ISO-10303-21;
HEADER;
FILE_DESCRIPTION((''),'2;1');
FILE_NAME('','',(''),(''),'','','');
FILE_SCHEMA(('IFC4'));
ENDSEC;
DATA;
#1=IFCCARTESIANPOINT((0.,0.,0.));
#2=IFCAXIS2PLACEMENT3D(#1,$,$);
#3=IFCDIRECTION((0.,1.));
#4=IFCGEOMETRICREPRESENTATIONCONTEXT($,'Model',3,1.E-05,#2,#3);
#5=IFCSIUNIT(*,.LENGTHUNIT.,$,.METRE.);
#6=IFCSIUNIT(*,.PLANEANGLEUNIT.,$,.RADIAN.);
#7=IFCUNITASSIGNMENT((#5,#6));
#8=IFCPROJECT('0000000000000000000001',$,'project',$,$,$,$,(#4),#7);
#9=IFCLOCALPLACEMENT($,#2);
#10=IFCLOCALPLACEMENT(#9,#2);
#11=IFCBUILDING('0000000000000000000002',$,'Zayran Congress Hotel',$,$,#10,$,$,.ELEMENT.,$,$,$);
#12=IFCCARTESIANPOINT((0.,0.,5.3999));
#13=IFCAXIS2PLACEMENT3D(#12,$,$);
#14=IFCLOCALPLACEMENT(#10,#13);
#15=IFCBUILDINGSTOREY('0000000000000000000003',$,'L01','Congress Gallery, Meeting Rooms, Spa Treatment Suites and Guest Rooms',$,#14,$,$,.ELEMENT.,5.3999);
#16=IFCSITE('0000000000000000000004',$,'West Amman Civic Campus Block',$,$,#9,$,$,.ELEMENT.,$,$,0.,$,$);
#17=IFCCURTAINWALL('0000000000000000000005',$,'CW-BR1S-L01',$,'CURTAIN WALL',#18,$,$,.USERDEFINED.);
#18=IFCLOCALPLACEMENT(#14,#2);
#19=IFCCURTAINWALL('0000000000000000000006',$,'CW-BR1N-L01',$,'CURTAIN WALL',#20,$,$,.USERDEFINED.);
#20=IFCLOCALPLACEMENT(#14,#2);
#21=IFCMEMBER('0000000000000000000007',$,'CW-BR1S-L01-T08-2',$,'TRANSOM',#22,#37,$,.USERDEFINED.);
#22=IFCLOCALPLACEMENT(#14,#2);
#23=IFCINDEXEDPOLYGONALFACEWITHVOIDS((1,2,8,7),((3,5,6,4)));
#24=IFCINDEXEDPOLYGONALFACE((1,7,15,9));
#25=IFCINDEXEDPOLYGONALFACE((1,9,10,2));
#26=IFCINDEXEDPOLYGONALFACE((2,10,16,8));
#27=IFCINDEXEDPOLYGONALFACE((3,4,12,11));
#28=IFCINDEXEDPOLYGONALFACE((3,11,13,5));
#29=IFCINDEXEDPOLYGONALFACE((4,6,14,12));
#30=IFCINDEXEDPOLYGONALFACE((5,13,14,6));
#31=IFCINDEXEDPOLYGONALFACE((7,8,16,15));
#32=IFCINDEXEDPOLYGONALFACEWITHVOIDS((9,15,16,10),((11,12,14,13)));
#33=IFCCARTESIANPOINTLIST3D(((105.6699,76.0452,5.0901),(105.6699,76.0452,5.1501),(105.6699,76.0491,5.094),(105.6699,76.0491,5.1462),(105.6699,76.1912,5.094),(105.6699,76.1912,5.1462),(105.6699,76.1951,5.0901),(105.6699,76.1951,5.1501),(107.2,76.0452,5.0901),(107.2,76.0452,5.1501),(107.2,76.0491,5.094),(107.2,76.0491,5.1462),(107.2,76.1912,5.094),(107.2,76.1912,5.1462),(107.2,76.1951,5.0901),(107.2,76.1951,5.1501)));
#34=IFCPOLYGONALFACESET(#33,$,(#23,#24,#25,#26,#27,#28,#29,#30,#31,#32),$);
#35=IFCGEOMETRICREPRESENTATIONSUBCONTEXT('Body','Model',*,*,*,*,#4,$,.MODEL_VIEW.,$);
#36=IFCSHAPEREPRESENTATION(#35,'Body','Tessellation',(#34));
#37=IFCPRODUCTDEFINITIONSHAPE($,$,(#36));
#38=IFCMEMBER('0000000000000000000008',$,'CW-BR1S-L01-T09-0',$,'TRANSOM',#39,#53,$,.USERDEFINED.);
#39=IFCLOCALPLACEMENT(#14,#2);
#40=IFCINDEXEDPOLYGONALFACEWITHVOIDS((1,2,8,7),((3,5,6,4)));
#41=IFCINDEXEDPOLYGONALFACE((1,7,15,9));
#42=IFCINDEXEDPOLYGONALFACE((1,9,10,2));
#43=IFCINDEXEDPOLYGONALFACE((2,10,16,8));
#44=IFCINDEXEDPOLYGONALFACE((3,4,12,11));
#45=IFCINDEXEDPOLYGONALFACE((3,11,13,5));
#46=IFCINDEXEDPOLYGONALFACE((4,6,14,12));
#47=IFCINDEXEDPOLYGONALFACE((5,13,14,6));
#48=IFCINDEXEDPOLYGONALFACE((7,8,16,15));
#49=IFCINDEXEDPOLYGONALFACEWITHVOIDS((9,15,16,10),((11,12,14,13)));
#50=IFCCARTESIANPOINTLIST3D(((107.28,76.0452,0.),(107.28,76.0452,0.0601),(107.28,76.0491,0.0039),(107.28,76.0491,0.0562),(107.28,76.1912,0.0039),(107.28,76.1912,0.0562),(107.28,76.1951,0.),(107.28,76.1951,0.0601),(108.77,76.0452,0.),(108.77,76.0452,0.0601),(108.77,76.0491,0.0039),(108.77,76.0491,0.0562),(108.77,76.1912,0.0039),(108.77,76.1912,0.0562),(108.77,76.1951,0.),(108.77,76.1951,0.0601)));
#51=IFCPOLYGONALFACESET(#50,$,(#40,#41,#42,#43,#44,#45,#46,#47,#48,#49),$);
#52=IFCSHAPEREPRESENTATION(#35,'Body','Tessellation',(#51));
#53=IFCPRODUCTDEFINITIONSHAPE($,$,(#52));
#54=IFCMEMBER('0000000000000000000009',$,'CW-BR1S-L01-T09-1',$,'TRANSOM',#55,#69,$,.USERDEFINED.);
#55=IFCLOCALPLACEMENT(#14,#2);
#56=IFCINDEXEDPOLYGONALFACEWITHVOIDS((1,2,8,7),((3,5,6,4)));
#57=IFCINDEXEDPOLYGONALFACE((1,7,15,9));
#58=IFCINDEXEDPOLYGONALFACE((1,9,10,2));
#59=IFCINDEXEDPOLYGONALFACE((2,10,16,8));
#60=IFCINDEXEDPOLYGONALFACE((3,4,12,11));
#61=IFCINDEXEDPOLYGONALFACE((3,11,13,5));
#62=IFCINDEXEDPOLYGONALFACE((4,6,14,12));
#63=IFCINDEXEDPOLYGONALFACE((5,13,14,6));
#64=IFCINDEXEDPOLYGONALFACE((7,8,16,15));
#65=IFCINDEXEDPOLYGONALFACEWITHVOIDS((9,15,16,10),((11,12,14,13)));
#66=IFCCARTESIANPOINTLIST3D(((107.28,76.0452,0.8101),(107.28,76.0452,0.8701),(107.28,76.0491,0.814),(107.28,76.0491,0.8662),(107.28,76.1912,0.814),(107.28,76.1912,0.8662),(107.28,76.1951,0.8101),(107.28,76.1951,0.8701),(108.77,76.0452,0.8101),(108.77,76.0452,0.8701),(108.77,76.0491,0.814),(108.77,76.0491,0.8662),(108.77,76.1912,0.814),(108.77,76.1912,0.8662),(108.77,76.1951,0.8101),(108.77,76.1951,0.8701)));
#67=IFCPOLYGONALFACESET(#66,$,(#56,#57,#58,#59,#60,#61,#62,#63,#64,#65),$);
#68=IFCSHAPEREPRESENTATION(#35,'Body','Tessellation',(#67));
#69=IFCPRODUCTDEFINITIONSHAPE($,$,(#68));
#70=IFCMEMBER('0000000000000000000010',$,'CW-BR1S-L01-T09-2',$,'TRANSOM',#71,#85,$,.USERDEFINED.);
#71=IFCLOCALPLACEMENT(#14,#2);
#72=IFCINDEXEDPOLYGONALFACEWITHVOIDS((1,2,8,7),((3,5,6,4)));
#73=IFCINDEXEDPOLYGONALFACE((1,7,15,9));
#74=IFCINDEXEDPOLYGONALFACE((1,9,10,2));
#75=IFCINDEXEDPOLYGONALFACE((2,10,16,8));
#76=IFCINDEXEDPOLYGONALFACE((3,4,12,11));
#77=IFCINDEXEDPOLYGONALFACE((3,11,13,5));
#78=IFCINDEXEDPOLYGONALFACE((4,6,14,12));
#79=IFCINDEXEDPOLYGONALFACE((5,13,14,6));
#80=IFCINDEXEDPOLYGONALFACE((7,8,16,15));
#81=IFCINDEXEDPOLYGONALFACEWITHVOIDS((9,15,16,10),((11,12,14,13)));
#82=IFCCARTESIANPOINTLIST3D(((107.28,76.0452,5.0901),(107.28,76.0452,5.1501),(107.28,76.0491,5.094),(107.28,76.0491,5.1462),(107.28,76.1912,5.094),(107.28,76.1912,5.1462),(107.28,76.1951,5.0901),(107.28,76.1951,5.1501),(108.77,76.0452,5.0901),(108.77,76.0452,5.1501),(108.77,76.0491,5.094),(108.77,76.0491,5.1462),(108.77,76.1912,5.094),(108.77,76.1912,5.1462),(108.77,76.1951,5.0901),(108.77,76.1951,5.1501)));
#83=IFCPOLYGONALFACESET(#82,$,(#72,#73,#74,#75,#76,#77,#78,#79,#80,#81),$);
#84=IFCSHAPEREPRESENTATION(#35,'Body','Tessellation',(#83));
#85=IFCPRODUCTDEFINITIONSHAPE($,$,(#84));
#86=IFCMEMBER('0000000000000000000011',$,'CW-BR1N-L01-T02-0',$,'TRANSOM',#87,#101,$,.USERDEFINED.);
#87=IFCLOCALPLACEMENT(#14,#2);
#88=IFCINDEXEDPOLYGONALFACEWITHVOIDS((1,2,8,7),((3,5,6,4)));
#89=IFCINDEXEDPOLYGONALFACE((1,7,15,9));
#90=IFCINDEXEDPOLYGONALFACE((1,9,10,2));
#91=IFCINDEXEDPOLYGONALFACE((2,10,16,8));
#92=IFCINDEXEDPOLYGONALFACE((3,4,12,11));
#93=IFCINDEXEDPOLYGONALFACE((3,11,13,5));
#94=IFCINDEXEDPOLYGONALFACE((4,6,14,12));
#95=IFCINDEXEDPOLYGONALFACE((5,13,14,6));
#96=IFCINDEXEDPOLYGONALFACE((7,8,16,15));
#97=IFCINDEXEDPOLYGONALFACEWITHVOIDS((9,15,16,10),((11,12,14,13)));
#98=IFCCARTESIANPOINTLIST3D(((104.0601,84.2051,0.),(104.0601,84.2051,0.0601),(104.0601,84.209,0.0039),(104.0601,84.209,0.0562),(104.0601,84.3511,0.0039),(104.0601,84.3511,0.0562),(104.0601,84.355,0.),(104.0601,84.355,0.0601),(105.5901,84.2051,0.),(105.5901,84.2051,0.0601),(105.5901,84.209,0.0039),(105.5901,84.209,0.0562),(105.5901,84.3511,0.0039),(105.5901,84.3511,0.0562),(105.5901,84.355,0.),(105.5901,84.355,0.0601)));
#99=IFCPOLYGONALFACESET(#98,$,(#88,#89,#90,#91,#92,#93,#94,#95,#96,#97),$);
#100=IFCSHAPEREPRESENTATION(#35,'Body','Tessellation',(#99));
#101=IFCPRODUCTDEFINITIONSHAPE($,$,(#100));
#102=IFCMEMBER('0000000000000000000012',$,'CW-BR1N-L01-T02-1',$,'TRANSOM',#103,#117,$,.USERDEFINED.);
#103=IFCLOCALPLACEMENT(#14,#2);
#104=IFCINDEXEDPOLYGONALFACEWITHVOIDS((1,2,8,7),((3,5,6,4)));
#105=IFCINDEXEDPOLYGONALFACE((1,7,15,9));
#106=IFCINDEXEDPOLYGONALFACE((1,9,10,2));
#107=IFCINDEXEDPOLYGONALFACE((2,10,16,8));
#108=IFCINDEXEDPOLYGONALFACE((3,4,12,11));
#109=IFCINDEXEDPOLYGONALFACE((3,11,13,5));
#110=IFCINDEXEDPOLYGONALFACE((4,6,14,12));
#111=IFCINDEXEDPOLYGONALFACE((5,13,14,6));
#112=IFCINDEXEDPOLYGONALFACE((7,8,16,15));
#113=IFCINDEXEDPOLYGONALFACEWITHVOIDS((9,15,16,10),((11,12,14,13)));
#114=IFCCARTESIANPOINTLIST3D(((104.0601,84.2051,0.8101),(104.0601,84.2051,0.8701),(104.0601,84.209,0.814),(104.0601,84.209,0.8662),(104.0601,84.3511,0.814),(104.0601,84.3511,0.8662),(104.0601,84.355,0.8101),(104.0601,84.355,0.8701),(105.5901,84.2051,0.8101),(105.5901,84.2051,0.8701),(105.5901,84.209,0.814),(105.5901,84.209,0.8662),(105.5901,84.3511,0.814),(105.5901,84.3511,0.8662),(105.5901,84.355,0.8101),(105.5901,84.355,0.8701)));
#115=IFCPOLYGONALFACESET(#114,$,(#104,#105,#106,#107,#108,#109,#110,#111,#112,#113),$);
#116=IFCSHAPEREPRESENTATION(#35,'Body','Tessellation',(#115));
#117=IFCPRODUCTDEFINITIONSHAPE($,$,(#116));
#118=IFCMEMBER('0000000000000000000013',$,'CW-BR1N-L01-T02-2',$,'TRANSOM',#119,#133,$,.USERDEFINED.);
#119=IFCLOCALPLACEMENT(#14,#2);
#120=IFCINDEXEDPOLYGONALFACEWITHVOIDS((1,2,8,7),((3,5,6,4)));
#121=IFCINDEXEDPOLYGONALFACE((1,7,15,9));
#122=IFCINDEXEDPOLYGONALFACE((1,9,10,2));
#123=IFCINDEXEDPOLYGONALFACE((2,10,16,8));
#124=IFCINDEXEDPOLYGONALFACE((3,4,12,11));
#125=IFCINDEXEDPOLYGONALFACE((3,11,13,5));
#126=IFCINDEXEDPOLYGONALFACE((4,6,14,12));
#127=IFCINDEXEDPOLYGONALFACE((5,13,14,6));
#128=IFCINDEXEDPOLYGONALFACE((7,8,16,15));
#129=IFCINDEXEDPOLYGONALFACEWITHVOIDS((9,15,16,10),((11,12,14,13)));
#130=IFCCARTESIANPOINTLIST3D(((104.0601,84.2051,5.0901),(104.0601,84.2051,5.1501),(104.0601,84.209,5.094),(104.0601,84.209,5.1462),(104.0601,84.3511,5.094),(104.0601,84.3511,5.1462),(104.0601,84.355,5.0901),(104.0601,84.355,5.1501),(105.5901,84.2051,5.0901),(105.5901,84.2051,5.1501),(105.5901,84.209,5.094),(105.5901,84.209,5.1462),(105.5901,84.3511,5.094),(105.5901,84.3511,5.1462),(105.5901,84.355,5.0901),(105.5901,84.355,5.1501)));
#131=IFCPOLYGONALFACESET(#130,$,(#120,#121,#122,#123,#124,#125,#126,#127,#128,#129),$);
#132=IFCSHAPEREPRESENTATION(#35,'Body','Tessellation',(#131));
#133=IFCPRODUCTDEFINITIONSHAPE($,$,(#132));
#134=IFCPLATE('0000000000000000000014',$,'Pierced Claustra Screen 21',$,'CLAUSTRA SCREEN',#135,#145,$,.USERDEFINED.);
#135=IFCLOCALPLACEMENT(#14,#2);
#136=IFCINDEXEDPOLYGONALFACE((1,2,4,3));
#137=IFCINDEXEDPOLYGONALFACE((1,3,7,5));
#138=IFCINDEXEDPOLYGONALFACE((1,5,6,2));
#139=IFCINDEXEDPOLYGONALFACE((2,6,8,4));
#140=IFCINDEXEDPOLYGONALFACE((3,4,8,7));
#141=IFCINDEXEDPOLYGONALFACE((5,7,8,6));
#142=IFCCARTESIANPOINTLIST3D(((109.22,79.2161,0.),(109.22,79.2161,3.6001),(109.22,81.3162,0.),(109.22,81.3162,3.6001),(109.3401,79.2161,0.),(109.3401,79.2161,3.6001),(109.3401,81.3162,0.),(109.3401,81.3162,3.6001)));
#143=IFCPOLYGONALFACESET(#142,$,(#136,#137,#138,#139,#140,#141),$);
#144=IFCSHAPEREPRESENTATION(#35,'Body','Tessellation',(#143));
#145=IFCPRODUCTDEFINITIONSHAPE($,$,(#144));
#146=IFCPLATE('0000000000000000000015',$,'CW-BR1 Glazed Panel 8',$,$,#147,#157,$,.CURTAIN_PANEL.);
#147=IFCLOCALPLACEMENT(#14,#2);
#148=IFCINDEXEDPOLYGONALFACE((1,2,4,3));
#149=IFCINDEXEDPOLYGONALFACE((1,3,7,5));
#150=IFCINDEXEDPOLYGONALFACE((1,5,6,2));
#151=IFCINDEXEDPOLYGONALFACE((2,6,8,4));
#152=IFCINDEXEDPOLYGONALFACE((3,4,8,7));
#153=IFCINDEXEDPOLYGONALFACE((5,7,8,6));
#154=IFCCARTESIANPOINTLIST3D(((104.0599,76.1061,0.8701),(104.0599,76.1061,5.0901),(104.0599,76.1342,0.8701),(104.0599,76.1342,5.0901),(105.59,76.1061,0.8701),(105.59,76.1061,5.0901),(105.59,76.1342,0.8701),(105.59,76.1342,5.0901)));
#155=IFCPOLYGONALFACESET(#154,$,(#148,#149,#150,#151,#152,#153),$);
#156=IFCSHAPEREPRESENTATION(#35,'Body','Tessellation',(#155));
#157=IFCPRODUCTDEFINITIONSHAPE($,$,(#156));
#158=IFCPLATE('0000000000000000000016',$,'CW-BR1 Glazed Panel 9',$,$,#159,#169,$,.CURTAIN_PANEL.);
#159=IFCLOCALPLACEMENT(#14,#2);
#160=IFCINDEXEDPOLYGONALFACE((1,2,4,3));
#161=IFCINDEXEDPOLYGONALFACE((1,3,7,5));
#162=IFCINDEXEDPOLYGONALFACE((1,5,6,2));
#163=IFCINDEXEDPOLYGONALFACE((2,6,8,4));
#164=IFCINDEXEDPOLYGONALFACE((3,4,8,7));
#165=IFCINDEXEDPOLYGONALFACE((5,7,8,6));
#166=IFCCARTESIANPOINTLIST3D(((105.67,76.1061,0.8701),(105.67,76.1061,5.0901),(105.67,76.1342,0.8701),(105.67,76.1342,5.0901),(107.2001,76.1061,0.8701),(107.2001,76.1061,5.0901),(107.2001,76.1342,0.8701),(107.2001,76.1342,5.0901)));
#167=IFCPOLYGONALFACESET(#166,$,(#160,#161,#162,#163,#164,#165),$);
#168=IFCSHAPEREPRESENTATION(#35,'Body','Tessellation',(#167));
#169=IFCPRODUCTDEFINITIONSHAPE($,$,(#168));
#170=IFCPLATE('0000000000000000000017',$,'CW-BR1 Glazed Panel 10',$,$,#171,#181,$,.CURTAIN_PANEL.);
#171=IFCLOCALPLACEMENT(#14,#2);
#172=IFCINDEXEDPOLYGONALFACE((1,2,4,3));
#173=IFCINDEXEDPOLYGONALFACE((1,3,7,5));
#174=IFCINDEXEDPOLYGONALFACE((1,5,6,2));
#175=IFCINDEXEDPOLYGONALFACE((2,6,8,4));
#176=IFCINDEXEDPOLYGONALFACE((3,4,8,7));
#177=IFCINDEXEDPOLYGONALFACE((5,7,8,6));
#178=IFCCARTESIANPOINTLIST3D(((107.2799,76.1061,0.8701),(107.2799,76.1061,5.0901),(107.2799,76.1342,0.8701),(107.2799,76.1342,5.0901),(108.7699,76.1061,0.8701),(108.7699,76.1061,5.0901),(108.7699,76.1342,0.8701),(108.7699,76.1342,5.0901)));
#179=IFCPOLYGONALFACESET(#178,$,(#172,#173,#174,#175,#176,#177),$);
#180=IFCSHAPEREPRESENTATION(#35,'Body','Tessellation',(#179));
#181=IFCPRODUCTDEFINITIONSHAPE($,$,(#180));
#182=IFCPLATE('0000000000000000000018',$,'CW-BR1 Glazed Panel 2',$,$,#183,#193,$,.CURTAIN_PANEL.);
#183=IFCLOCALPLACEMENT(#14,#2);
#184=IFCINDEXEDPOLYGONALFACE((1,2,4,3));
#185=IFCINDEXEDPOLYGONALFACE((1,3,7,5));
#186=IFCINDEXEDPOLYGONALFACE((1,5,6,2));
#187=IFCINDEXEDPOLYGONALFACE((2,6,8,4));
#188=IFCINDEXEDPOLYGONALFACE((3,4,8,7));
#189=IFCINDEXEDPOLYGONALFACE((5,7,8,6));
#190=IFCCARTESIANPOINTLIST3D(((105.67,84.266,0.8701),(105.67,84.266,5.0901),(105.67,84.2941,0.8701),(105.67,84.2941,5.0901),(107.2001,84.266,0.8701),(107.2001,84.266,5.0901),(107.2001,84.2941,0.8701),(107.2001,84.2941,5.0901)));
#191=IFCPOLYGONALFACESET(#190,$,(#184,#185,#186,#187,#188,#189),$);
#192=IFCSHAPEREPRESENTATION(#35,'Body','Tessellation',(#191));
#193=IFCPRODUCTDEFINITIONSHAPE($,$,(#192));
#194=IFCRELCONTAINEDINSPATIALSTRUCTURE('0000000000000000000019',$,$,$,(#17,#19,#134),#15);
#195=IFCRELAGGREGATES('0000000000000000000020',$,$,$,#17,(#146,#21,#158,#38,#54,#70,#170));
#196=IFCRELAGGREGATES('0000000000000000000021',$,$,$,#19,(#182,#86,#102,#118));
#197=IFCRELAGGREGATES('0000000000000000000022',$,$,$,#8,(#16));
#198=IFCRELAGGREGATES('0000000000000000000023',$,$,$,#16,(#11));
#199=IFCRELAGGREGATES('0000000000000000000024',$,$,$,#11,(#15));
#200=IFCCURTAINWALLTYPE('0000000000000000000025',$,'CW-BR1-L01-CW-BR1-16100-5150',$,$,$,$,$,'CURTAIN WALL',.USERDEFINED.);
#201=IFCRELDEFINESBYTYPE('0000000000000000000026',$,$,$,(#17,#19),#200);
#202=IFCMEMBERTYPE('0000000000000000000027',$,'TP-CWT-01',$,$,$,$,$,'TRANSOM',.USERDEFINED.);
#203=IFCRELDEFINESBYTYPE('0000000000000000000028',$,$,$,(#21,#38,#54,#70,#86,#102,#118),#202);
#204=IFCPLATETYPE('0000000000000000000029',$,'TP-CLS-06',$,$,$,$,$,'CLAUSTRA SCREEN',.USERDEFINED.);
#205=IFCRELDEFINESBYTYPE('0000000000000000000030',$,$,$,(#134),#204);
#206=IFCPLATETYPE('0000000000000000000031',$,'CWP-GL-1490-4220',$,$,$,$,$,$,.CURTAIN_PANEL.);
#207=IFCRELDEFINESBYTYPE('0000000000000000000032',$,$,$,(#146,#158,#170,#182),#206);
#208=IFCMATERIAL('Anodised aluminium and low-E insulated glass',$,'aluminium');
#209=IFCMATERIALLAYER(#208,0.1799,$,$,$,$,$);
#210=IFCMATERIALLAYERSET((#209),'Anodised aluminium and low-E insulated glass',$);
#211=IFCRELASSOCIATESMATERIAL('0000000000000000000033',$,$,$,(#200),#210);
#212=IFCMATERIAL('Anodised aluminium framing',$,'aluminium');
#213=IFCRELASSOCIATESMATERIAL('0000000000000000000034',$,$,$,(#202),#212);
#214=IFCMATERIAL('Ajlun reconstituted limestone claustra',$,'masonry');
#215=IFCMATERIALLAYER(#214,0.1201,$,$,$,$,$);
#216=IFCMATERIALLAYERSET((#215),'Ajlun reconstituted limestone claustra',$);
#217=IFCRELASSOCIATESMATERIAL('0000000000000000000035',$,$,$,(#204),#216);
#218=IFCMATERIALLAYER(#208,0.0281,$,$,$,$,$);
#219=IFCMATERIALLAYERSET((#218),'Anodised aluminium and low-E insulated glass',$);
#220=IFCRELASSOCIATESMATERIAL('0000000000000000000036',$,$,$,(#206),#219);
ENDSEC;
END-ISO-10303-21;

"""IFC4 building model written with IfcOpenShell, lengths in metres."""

from ifc_helpers import new_model, si_unit, direction, frame, origin, origin_2d, place, context, subcontext, project, spatial, rectangle, hollow_rectangle, extrude, material, layer, layer_set, material_profile, profile_set, type_object, element, aggregate, save


model = new_model("IFC4")

# Units and contexts
model_context = context("Model", 3, precision=1e-05, world=origin(), true_north=direction((0.0, 1.0)))
body_context = subcontext(model_context, "Body", "Model", "MODEL_VIEW")
ifc_project = project(units=[si_unit("LENGTHUNIT", "METRE"), si_unit("PLANEANGLEUNIT", "RADIAN")], contexts=[model_context])

# Site, building, storey
site_placement = place(None, origin())
site = spatial("IfcSite", under=ifc_project, at=site_placement, Name="West Amman Civic Campus Block", CompositionType="ELEMENT", RefElevation=0.0)
building_placement = place(site_placement, origin())
building = spatial("IfcBuilding", under=site, at=building_placement, Name="Zayran Congress Hotel", CompositionType="ELEMENT")
storey_placement = place(building_placement, frame((0.0, 0.0, 5.3999)))
storey = spatial("IfcBuildingStorey", under=building, at=storey_placement, Name="L01", Description="Congress Gallery, Meeting Rooms, Spa Treatment Suites and Guest Rooms", CompositionType="ELEMENT", Elevation=5.3999)

# Shared definitions
ifc_material_1 = material(Name="Anodised aluminium and low-E insulated glass", Category="aluminium")
ifc_material_2 = material(Name="Anodised aluminium framing", Category="aluminium")

# Curtain wall
ifc_layer_1 = layer(ifc_material_1, 0.1799)
ifc_layer_set_1 = layer_set([ifc_layer_1], Name="Anodised aluminium and low-E insulated glass")
curtain_wall_type_1 = type_object("IfcCurtainWallType", Name="CW-BR1-L01-CW-BR1-16100-5150", ElementType="CURTAIN WALL", PredefinedType="USERDEFINED", material=ifc_layer_set_1)
curtain_wall_1_placement = place(storey_placement, origin())
curtain_wall_1 = element("IfcCurtainWall", 1, at=curtain_wall_1_placement, inside=storey, type_object=curtain_wall_type_1, Name="CW-BR1S-L01", ObjectType="CURTAIN WALL", PredefinedType="USERDEFINED")

# Curtain wall
curtain_wall_2_placement = place(storey_placement, origin())
curtain_wall_2 = element("IfcCurtainWall", 2, at=curtain_wall_2_placement, inside=storey, type_object=curtain_wall_type_1, Name="CW-BR1N-L01", ObjectType="CURTAIN WALL", PredefinedType="USERDEFINED")

# Members
ifc_material_profile_1 = material_profile(ifc_material_2, hollow_rectangle(XDim=0.0601, YDim=0.1499, WallThickness=0.0039, at=origin_2d()), Name="RHS 150x60x4")
ifc_profile_set_1 = profile_set([ifc_material_profile_1], Name="Anodised aluminium framing")
member_type_1 = type_object("IfcMemberType", Name="TP-CWT-01", ElementType="TRANSOM", PredefinedType="USERDEFINED", material=ifc_profile_set_1)
member_1_placement = place(storey_placement, frame((105.6699, 76.1201, 5.1201), z_axis=(1.0, 0.0, 0.0), x_axis=(0.0, 0.0, 1.0)))
member_1 = element("IfcMember", 3, at=member_1_placement, type_object=member_type_1, Name="CW-BR1S-L01-T08-2", ObjectType="TRANSOM", PredefinedType="USERDEFINED", context=body_context, shape_type="SweptSolid", body=[
    extrude(hollow_rectangle(XDim=0.0601, YDim=0.1499, WallThickness=0.0039, at=origin_2d()), origin(), (0.0, 0.0, 1.0), 1.53),
])
member_2_placement = place(storey_placement, frame((107.28, 76.1201, 0.03), z_axis=(1.0, 0.0, 0.0), x_axis=(0.0, 0.0, 1.0)))
member_2 = element("IfcMember", 4, at=member_2_placement, type_object=member_type_1, Name="CW-BR1S-L01-T09-0", ObjectType="TRANSOM", PredefinedType="USERDEFINED", context=body_context, shape_type="SweptSolid", body=[
    extrude(hollow_rectangle(XDim=0.0601, YDim=0.1499, WallThickness=0.0039, at=origin_2d()), origin(), (0.0, 0.0, 1.0), 1.49),
])
member_3_placement = place(storey_placement, frame((107.28, 76.1201, 0.8401), z_axis=(1.0, 0.0, 0.0), x_axis=(0.0, 0.0, 1.0)))
member_3 = element("IfcMember", 5, at=member_3_placement, type_object=member_type_1, Name="CW-BR1S-L01-T09-1", ObjectType="TRANSOM", PredefinedType="USERDEFINED", context=body_context, shape_type="SweptSolid", body=[
    extrude(hollow_rectangle(XDim=0.0601, YDim=0.1499, WallThickness=0.0039, at=origin_2d()), origin(), (0.0, 0.0, 1.0), 1.49),
])
member_4_placement = place(storey_placement, frame((107.28, 76.1201, 5.1201), z_axis=(1.0, 0.0, 0.0), x_axis=(0.0, 0.0, 1.0)))
member_4 = element("IfcMember", 6, at=member_4_placement, type_object=member_type_1, Name="CW-BR1S-L01-T09-2", ObjectType="TRANSOM", PredefinedType="USERDEFINED", context=body_context, shape_type="SweptSolid", body=[
    extrude(hollow_rectangle(XDim=0.0601, YDim=0.1499, WallThickness=0.0039, at=origin_2d()), origin(), (0.0, 0.0, 1.0), 1.49),
])
member_5_placement = place(storey_placement, frame((105.5901, 84.28, 0.03), z_axis=(-1.0, 0.0, 0.0), x_axis=(0.0, 0.0, 1.0)))
member_5 = element("IfcMember", 7, at=member_5_placement, type_object=member_type_1, Name="CW-BR1N-L01-T02-0", ObjectType="TRANSOM", PredefinedType="USERDEFINED", context=body_context, shape_type="SweptSolid", body=[
    extrude(hollow_rectangle(XDim=0.0601, YDim=0.1499, WallThickness=0.0039, at=origin_2d()), origin(), (0.0, 0.0, 1.0), 1.53),
])
member_6_placement = place(storey_placement, frame((105.5901, 84.28, 0.8401), z_axis=(-1.0, 0.0, 0.0), x_axis=(0.0, 0.0, 1.0)))
member_6 = element("IfcMember", 8, at=member_6_placement, type_object=member_type_1, Name="CW-BR1N-L01-T02-1", ObjectType="TRANSOM", PredefinedType="USERDEFINED", context=body_context, shape_type="SweptSolid", body=[
    extrude(hollow_rectangle(XDim=0.0601, YDim=0.1499, WallThickness=0.0039, at=origin_2d()), origin(), (0.0, 0.0, 1.0), 1.53),
])
member_7_placement = place(storey_placement, frame((105.5901, 84.28, 5.1201), z_axis=(-1.0, 0.0, 0.0), x_axis=(0.0, 0.0, 1.0)))
member_7 = element("IfcMember", 9, at=member_7_placement, type_object=member_type_1, Name="CW-BR1N-L01-T02-2", ObjectType="TRANSOM", PredefinedType="USERDEFINED", context=body_context, shape_type="SweptSolid", body=[
    extrude(hollow_rectangle(XDim=0.0601, YDim=0.1499, WallThickness=0.0039, at=origin_2d()), origin(), (0.0, 0.0, 1.0), 1.53),
])

# Plates
ifc_material_3 = material(Name="Ajlun reconstituted limestone claustra", Category="masonry")
ifc_layer_2 = layer(ifc_material_3, 0.1201)
ifc_layer_set_2 = layer_set([ifc_layer_2], Name="Ajlun reconstituted limestone claustra")
plate_type_1 = type_object("IfcPlateType", Name="TP-CLS-06", ElementType="CLAUSTRA SCREEN", PredefinedType="USERDEFINED", material=ifc_layer_set_2)
plate_1_placement = place(storey_placement, frame((109.28, 80.2661, 0.0), z_axis=(0.0, 0.0, 1.0), x_axis=(0.0, 1.0, 0.0)))
element("IfcPlate", 10, at=plate_1_placement, inside=storey, type_object=plate_type_1, Name="Pierced Claustra Screen 21", ObjectType="CLAUSTRA SCREEN", PredefinedType="USERDEFINED", context=body_context, shape_type="SweptSolid", body=[
    extrude(rectangle(XDim=2.1001, YDim=0.1201, at=origin_2d()), origin(), (0.0, 0.0, 1.0), 3.6001),
])
ifc_layer_3 = layer(ifc_material_1, 0.0281)
ifc_layer_set_3 = layer_set([ifc_layer_3], Name="Anodised aluminium and low-E insulated glass")
plate_type_2 = type_object("IfcPlateType", Name="CWP-GL-1490-4220", PredefinedType="CURTAIN_PANEL", material=ifc_layer_set_3)
plate_2_placement = place(storey_placement, frame((104.825, 76.1201, 0.8701), z_axis=(0.0, 0.0, 1.0), x_axis=(1.0, 0.0, 0.0)))
plate_2 = element("IfcPlate", 11, at=plate_2_placement, type_object=plate_type_2, Name="CW-BR1 Glazed Panel 8", PredefinedType="CURTAIN_PANEL", context=body_context, shape_type="SweptSolid", body=[
    extrude(rectangle(XDim=1.53, YDim=0.0281, at=origin_2d()), origin(), (0.0, 0.0, 1.0), 4.22),
])
plate_3_placement = place(storey_placement, frame((106.4351, 76.1201, 0.8701), z_axis=(0.0, 0.0, 1.0), x_axis=(1.0, 0.0, 0.0)))
plate_3 = element("IfcPlate", 12, at=plate_3_placement, type_object=plate_type_2, Name="CW-BR1 Glazed Panel 9", PredefinedType="CURTAIN_PANEL", context=body_context, shape_type="SweptSolid", body=[
    extrude(rectangle(XDim=1.53, YDim=0.0281, at=origin_2d()), origin(), (0.0, 0.0, 1.0), 4.22),
])
plate_4_placement = place(storey_placement, frame((108.0249, 76.1201, 0.8701), z_axis=(0.0, 0.0, 1.0), x_axis=(1.0, 0.0, 0.0)))
plate_4 = element("IfcPlate", 13, at=plate_4_placement, type_object=plate_type_2, Name="CW-BR1 Glazed Panel 10", PredefinedType="CURTAIN_PANEL", context=body_context, shape_type="SweptSolid", body=[
    extrude(rectangle(XDim=1.49, YDim=0.0281, at=origin_2d()), origin(), (0.0, 0.0, 1.0), 4.22),
])
plate_5_placement = place(storey_placement, frame((106.4351, 84.28, 0.8701), z_axis=(0.0, 0.0, 1.0), x_axis=(1.0, 0.0, 0.0)))
plate_5 = element("IfcPlate", 14, at=plate_5_placement, type_object=plate_type_2, Name="CW-BR1 Glazed Panel 2", PredefinedType="CURTAIN_PANEL", context=body_context, shape_type="SweptSolid", body=[
    extrude(rectangle(XDim=1.53, YDim=0.0281, at=origin_2d()), origin(), (0.0, 0.0, 1.0), 4.22),
])
aggregate(curtain_wall_1, [plate_2, member_1, plate_3, member_2, member_3, member_4, plate_4])
aggregate(curtain_wall_2, [plate_5, member_5, member_6, member_7])

save(model, "model.ifc")
